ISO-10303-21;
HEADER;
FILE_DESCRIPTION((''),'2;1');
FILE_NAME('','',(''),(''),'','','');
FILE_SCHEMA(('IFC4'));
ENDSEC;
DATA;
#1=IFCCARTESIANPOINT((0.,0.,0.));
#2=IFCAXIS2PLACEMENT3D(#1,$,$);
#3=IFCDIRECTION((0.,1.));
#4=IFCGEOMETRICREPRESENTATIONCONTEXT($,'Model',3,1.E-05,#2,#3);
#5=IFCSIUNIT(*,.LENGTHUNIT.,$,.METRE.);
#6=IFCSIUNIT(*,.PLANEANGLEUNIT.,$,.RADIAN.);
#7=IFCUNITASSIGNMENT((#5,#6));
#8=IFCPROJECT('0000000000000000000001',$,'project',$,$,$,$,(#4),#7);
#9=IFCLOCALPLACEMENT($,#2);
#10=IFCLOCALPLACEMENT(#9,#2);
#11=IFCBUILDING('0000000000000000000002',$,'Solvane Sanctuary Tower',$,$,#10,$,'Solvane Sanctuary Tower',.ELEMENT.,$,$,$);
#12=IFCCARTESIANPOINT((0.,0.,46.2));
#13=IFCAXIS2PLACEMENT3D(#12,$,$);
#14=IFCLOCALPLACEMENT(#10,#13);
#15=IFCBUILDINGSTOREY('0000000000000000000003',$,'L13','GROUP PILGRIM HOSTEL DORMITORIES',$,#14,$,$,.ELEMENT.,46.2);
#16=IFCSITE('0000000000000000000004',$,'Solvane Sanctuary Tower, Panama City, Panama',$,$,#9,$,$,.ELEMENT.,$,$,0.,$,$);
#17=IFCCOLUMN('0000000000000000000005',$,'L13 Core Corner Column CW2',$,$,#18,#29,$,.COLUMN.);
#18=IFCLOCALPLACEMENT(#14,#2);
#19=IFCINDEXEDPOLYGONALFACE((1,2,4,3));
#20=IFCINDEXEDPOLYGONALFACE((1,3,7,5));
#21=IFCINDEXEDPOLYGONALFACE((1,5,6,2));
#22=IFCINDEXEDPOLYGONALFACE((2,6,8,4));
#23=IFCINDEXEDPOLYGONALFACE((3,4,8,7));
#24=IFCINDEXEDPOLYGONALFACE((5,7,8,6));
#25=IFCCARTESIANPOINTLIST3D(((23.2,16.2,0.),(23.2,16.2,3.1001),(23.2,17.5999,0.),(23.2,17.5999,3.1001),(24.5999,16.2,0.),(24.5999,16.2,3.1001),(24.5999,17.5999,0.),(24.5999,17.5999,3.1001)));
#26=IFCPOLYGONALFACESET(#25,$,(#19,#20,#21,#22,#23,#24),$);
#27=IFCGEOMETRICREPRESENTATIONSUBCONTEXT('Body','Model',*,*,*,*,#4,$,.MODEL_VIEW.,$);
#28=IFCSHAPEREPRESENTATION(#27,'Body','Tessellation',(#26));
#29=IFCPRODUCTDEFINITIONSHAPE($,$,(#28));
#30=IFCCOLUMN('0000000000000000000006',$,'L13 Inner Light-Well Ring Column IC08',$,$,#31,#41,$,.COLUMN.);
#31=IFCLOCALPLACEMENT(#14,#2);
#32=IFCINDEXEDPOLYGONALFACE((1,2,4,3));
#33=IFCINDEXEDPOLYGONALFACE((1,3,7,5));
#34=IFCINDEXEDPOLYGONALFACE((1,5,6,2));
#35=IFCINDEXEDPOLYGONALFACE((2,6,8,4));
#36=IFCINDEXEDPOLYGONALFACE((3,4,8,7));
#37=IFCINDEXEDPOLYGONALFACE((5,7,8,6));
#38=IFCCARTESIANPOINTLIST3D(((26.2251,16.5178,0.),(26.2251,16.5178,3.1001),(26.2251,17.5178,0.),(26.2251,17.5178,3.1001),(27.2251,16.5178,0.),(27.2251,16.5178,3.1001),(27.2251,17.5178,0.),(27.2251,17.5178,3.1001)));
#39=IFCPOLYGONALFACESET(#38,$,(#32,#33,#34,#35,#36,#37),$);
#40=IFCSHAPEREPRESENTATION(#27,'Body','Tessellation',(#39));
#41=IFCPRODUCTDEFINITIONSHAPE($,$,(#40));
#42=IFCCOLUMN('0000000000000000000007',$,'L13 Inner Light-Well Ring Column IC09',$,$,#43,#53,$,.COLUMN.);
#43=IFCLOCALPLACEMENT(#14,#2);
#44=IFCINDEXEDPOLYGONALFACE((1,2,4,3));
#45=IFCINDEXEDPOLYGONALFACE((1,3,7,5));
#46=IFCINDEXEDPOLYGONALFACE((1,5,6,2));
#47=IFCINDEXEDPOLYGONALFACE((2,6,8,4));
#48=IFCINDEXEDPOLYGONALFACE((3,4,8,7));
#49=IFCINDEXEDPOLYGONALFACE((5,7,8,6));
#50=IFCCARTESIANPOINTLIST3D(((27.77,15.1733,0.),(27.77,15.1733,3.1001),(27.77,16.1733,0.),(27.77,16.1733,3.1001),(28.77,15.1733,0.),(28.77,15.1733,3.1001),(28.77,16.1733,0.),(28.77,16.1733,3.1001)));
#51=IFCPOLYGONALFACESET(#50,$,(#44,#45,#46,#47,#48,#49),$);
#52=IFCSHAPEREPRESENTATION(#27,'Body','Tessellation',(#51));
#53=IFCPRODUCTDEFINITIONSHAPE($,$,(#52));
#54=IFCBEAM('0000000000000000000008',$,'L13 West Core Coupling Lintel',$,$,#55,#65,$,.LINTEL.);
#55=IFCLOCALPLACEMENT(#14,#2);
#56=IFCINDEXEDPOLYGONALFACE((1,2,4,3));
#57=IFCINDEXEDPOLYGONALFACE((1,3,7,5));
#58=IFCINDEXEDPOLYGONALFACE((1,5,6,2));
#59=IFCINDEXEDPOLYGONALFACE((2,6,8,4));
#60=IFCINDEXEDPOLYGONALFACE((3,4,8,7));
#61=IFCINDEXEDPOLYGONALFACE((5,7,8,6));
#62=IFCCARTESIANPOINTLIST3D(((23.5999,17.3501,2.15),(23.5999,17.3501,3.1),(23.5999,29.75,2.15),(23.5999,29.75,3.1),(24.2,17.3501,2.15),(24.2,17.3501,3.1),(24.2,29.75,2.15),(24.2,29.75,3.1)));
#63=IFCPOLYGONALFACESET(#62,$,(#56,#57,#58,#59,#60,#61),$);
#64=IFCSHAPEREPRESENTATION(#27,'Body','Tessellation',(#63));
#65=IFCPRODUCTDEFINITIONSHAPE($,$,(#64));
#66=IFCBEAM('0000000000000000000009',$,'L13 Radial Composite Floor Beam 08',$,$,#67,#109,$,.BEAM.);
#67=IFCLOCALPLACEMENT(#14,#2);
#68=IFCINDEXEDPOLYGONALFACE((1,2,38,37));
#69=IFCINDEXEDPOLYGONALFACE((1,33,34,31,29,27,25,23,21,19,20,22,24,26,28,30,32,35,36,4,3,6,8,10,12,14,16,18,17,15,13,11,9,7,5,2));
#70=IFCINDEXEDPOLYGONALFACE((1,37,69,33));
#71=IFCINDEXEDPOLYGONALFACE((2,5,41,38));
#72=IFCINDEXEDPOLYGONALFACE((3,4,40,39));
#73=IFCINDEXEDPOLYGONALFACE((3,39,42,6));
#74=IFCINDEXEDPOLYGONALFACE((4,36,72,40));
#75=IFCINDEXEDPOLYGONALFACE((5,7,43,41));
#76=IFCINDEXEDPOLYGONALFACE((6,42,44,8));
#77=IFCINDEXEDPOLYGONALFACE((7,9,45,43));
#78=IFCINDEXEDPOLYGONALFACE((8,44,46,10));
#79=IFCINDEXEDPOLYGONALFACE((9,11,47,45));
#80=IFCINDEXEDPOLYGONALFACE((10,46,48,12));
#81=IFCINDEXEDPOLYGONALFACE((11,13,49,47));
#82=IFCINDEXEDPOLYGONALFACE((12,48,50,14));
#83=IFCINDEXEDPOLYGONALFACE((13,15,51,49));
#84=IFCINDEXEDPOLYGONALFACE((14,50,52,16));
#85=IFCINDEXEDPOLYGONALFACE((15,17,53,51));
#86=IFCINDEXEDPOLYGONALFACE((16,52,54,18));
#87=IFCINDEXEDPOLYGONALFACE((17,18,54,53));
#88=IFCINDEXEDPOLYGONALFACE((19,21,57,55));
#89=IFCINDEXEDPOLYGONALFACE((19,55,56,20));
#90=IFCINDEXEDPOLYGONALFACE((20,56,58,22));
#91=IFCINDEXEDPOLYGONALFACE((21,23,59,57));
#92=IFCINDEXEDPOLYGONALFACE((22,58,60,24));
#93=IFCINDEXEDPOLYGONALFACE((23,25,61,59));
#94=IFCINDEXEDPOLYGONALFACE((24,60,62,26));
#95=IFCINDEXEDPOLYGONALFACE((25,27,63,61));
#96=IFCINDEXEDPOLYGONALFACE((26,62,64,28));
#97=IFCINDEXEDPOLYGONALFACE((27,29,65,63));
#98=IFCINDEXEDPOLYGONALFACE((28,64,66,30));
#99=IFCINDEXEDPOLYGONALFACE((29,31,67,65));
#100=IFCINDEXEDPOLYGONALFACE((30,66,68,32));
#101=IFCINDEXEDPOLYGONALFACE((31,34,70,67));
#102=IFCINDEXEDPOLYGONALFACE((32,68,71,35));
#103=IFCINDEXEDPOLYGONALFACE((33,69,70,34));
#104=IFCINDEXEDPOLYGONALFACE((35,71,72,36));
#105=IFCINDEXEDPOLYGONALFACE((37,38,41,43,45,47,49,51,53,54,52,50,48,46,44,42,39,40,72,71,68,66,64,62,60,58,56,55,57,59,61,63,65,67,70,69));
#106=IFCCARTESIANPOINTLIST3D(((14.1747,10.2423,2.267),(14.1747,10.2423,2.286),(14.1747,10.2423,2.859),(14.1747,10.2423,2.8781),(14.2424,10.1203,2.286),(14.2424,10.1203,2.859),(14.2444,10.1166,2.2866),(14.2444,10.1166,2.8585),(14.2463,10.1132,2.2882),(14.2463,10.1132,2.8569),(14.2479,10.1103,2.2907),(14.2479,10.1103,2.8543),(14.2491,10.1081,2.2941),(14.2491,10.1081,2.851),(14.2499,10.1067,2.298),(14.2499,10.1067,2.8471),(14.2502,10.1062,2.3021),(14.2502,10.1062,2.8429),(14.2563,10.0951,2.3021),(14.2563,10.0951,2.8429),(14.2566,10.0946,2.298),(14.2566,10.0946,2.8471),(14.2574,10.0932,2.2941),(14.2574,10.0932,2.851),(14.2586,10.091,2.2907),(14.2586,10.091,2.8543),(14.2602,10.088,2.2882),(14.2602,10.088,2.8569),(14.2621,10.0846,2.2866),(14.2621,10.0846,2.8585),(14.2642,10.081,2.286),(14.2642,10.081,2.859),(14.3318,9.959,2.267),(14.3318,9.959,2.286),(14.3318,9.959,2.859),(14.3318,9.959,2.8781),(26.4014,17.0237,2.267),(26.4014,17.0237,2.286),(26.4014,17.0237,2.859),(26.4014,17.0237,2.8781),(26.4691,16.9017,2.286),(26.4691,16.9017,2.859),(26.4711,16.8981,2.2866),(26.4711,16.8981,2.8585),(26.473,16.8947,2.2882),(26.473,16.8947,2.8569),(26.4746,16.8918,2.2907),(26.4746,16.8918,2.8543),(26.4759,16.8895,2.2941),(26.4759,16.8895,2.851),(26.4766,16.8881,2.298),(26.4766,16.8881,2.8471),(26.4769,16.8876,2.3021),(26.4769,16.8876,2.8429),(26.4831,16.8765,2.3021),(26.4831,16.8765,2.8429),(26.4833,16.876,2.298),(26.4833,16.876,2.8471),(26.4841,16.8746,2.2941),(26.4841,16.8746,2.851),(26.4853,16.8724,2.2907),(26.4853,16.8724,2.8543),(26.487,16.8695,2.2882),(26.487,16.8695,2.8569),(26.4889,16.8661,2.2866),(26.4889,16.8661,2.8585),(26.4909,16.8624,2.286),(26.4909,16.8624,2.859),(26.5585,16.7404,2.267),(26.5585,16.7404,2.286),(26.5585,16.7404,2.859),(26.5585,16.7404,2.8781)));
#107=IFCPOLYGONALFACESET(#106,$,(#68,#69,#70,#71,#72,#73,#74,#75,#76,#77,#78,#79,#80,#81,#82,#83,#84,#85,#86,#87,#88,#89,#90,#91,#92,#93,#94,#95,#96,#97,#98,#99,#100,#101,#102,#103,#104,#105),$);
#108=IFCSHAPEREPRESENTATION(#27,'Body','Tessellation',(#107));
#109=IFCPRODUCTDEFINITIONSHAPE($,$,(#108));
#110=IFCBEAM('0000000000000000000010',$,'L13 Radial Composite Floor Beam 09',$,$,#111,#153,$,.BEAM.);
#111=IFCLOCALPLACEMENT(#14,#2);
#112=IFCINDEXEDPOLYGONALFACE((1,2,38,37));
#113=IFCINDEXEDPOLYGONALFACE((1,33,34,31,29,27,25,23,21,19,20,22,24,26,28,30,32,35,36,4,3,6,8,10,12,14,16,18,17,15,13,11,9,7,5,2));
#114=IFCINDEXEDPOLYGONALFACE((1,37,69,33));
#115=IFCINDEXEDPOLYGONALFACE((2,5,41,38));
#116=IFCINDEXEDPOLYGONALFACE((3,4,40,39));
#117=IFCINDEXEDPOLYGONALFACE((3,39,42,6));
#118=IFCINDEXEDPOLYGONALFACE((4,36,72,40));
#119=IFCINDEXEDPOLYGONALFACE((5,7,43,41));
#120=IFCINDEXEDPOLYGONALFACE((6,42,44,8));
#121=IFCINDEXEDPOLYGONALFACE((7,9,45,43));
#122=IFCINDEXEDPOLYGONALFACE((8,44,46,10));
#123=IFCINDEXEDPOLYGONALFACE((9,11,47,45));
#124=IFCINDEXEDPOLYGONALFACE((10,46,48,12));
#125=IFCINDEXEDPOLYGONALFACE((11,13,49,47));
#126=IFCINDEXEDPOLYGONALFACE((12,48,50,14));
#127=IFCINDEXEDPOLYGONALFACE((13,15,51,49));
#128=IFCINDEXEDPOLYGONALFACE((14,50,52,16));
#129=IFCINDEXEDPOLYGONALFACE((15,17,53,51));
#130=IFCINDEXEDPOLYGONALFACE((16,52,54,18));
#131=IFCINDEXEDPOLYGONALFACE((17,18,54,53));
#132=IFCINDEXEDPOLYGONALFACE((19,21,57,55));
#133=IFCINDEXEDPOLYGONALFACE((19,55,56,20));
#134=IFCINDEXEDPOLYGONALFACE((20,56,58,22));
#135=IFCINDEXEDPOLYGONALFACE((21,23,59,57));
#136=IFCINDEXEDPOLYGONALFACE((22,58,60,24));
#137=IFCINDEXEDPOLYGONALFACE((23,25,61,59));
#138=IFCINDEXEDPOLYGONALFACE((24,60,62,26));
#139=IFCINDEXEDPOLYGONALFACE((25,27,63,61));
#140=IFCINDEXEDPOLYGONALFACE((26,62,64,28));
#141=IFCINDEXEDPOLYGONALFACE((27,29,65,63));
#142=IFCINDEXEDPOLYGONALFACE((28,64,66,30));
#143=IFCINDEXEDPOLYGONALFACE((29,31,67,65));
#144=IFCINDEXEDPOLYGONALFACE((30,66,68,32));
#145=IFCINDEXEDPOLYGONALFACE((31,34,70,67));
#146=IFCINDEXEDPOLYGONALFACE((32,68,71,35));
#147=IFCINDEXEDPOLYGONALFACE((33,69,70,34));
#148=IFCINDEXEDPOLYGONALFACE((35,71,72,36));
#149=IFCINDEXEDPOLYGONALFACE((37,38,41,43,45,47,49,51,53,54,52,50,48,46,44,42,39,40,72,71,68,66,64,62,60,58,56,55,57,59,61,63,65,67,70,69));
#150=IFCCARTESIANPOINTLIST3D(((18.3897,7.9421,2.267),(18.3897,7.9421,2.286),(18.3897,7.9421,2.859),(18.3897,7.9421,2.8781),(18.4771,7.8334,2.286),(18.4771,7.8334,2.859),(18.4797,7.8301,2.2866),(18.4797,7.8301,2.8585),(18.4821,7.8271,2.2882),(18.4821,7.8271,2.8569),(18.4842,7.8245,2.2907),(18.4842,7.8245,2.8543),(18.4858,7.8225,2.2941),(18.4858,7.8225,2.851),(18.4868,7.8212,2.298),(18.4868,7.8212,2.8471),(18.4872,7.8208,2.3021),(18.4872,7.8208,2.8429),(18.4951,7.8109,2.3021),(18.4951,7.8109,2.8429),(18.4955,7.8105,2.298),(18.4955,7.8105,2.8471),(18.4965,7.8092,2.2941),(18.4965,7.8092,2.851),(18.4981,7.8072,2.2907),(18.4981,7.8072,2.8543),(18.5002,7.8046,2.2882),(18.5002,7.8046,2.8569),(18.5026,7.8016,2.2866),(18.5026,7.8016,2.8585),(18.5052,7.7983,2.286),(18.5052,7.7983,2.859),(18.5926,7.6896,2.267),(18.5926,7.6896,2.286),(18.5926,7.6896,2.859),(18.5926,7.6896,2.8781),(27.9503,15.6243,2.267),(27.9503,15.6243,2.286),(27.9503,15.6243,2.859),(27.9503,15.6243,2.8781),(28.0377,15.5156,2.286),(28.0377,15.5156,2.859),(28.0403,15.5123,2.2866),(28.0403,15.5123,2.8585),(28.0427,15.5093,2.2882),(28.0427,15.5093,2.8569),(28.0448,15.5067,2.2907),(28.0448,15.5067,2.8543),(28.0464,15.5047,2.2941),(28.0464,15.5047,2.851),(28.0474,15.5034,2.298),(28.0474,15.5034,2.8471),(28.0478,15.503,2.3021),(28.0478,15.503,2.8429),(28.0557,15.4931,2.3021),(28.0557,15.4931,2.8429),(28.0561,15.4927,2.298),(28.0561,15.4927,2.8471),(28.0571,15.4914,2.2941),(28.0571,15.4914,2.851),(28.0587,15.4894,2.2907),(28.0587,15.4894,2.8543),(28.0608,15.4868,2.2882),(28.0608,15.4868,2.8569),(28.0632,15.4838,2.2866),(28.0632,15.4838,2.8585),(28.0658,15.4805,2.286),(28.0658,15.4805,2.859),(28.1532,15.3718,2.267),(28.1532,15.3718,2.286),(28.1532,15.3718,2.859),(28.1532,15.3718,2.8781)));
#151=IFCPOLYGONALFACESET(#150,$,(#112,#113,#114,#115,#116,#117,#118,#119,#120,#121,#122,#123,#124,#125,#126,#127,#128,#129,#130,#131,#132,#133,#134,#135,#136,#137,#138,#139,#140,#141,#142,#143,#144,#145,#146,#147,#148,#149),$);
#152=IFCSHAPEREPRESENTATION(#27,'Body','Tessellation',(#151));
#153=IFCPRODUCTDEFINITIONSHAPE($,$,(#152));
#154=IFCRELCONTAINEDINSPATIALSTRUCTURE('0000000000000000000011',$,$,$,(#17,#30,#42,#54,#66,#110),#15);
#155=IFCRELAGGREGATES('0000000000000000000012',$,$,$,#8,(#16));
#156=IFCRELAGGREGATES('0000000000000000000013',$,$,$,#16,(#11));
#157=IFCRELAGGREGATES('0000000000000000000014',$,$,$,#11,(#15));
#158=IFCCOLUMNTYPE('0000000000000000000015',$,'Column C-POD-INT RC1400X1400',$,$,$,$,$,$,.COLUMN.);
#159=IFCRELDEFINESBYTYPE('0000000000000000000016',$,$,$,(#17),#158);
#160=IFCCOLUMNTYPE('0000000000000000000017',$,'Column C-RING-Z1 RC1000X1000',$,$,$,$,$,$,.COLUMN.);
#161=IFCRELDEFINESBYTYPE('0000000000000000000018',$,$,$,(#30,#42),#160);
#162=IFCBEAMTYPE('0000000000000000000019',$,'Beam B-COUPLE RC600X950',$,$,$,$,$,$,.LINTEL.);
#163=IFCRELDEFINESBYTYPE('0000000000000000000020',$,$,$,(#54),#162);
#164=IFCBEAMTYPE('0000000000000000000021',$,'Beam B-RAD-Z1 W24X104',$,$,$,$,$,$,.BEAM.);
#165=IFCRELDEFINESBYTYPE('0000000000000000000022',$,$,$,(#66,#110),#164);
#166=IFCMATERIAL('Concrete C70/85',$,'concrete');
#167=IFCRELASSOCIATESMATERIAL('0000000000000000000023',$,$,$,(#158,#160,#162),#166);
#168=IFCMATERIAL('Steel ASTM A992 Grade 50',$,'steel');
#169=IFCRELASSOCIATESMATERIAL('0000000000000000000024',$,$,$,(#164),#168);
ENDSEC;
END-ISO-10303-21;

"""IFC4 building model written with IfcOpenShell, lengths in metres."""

from ifc_helpers import new_model, si_unit, direction, frame, origin, origin_2d, place, context, subcontext, project, spatial, rectangle, i_section, extrude, material, material_profile, profile_set, type_object, element, save


model = new_model("IFC4")

# Units and contexts
model_context = context("Model", 3, precision=1e-05, world=origin(), true_north=direction((0.0, 1.0)))
body_context = subcontext(model_context, "Body", "Model", "MODEL_VIEW")
ifc_project = project(units=[si_unit("LENGTHUNIT", "METRE"), si_unit("PLANEANGLEUNIT", "RADIAN")], contexts=[model_context])

# Site, building, storey
site_placement = place(None, origin())
site = spatial("IfcSite", under=ifc_project, at=site_placement, Name="Solvane Sanctuary Tower, Panama City, Panama", CompositionType="ELEMENT", RefElevation=0.0)
building_placement = place(site_placement, origin())
building = spatial("IfcBuilding", under=site, at=building_placement, Name="Solvane Sanctuary Tower", LongName="Solvane Sanctuary Tower", CompositionType="ELEMENT")
storey_placement = place(building_placement, frame((0.0, 0.0, 46.2)))
storey = spatial("IfcBuildingStorey", under=building, at=storey_placement, Name="L13", Description="GROUP PILGRIM HOSTEL DORMITORIES", CompositionType="ELEMENT", Elevation=46.2)

# Columns
ifc_material_1 = material(Name="Concrete C70/85", Category="concrete")
ifc_material_profile_1 = material_profile(ifc_material_1, rectangle(XDim=1.3999, YDim=1.3999, at=origin_2d()), Name="RC1400X1400")
ifc_profile_set_1 = profile_set([ifc_material_profile_1], Name="Concrete C70/85")
column_type_1 = type_object("IfcColumnType", Name="Column C-POD-INT RC1400X1400", PredefinedType="COLUMN", material=ifc_profile_set_1)
column_placement = place(storey_placement, frame((23.8999, 16.8999, 0.0), z_axis=(0.0, 0.0, 1.0), x_axis=(1.0, 0.0, 0.0)))
element("IfcColumn", 1, at=column_placement, inside=storey, type_object=column_type_1, Name="L13 Core Corner Column CW2", PredefinedType="COLUMN", context=body_context, shape_type="SweptSolid", body=[
    extrude(rectangle(XDim=1.3999, YDim=1.3999, at=origin_2d()), origin(), (0.0, 0.0, 1.0), 3.1001),
])
ifc_material_profile_2 = material_profile(ifc_material_1, rectangle(XDim=1.0, YDim=1.0, at=origin_2d()), Name="RC1000X1000")
ifc_profile_set_2 = profile_set([ifc_material_profile_2], Name="Concrete C70/85")
column_type_2 = type_object("IfcColumnType", Name="Column C-RING-Z1 RC1000X1000", PredefinedType="COLUMN", material=ifc_profile_set_2)
for number, where, z_axis, x_axis, name in (
    (2, (26.7251, 17.0178, 0.0), (0.0, 0.0, 1.0), (1.0, 0.0, 0.0), "L13 Inner Light-Well Ring Column IC08"),
    (3, (28.27, 15.6733, 0.0), (0.0, 0.0, 1.0), (1.0, 0.0, 0.0), "L13 Inner Light-Well Ring Column IC09"),
):
    element("IfcColumn", number, at=place(storey_placement, frame(where, z_axis=z_axis, x_axis=x_axis)), inside=storey, type_object=column_type_2, Name=name, PredefinedType="COLUMN", context=body_context, shape_type="SweptSolid", body=[
        extrude(rectangle(XDim=1.0, YDim=1.0, at=origin_2d()), origin(), (0.0, 0.0, 1.0), 3.1001),
    ])

# Beams
ifc_material_profile_3 = material_profile(ifc_material_1, rectangle(XDim=0.6001, YDim=0.95, at=origin_2d()), Name="RC600X950")
ifc_profile_set_3 = profile_set([ifc_material_profile_3], Name="Concrete C70/85")
beam_type_1 = type_object("IfcBeamType", Name="Beam B-COUPLE RC600X950", PredefinedType="LINTEL", material=ifc_profile_set_3)
beam_1_placement = place(storey_placement, frame((23.8999, 17.3501, 2.625), z_axis=(0.0, 1.0, 0.0), x_axis=(-1.0, 0.0, 0.0)))
element("IfcBeam", 4, at=beam_1_placement, inside=storey, type_object=beam_type_1, Name="L13 West Core Coupling Lintel", PredefinedType="LINTEL", context=body_context, shape_type="SweptSolid", body=[
    extrude(rectangle(XDim=0.6001, YDim=0.95, at=origin_2d()), origin(), (0.0, 0.0, 1.0), 12.3999),
])
ifc_material_2 = material(Name="Steel ASTM A992 Grade 50", Category="steel")
ifc_material_profile_4 = material_profile(ifc_material_2, i_section(OverallWidth=0.324, OverallDepth=0.6111, WebThickness=0.0127, FlangeThickness=0.019, FilletRadius=0.0161, at=origin_2d()), Name="W24X104")
ifc_profile_set_4 = profile_set([ifc_material_profile_4], Name="Steel ASTM A992 Grade 50")
beam_type_2 = type_object("IfcBeamType", Name="Beam B-RAD-Z1 W24X104", PredefinedType="BEAM", material=ifc_profile_set_4)
beam_2_placement = place(storey_placement, frame((26.48, 16.8821, 2.5725), z_axis=(-0.874496, -0.485032, 0.0), x_axis=(0.485032, -0.874496, 0.0)))
element("IfcBeam", 5, at=beam_2_placement, inside=storey, type_object=beam_type_2, Name="L13 Radial Composite Floor Beam 08", PredefinedType="BEAM", context=body_context, shape_type="SweptSolid", body=[
    extrude(i_section(OverallWidth=0.324, OverallDepth=0.6111, WebThickness=0.0127, FlangeThickness=0.019, FilletRadius=0.0161, at=origin_2d()), origin(), (0.0, 0.0, 1.0), 13.9814),
])
beam_3_placement = place(storey_placement, frame((28.0518, 15.498, 2.5725), z_axis=(-0.779527, -0.626369, 0.0), x_axis=(0.626369, -0.779527, 0.0)))
element("IfcBeam", 6, at=beam_3_placement, inside=storey, type_object=beam_type_2, Name="L13 Radial Composite Floor Beam 09", PredefinedType="BEAM", context=body_context, shape_type="SweptSolid", body=[
    extrude(i_section(OverallWidth=0.324, OverallDepth=0.6111, WebThickness=0.0127, FlangeThickness=0.019, FilletRadius=0.0161, at=origin_2d()), origin(), (0.0, 0.0, 1.0), 12.2646),
])

save(model, "model.ifc")
